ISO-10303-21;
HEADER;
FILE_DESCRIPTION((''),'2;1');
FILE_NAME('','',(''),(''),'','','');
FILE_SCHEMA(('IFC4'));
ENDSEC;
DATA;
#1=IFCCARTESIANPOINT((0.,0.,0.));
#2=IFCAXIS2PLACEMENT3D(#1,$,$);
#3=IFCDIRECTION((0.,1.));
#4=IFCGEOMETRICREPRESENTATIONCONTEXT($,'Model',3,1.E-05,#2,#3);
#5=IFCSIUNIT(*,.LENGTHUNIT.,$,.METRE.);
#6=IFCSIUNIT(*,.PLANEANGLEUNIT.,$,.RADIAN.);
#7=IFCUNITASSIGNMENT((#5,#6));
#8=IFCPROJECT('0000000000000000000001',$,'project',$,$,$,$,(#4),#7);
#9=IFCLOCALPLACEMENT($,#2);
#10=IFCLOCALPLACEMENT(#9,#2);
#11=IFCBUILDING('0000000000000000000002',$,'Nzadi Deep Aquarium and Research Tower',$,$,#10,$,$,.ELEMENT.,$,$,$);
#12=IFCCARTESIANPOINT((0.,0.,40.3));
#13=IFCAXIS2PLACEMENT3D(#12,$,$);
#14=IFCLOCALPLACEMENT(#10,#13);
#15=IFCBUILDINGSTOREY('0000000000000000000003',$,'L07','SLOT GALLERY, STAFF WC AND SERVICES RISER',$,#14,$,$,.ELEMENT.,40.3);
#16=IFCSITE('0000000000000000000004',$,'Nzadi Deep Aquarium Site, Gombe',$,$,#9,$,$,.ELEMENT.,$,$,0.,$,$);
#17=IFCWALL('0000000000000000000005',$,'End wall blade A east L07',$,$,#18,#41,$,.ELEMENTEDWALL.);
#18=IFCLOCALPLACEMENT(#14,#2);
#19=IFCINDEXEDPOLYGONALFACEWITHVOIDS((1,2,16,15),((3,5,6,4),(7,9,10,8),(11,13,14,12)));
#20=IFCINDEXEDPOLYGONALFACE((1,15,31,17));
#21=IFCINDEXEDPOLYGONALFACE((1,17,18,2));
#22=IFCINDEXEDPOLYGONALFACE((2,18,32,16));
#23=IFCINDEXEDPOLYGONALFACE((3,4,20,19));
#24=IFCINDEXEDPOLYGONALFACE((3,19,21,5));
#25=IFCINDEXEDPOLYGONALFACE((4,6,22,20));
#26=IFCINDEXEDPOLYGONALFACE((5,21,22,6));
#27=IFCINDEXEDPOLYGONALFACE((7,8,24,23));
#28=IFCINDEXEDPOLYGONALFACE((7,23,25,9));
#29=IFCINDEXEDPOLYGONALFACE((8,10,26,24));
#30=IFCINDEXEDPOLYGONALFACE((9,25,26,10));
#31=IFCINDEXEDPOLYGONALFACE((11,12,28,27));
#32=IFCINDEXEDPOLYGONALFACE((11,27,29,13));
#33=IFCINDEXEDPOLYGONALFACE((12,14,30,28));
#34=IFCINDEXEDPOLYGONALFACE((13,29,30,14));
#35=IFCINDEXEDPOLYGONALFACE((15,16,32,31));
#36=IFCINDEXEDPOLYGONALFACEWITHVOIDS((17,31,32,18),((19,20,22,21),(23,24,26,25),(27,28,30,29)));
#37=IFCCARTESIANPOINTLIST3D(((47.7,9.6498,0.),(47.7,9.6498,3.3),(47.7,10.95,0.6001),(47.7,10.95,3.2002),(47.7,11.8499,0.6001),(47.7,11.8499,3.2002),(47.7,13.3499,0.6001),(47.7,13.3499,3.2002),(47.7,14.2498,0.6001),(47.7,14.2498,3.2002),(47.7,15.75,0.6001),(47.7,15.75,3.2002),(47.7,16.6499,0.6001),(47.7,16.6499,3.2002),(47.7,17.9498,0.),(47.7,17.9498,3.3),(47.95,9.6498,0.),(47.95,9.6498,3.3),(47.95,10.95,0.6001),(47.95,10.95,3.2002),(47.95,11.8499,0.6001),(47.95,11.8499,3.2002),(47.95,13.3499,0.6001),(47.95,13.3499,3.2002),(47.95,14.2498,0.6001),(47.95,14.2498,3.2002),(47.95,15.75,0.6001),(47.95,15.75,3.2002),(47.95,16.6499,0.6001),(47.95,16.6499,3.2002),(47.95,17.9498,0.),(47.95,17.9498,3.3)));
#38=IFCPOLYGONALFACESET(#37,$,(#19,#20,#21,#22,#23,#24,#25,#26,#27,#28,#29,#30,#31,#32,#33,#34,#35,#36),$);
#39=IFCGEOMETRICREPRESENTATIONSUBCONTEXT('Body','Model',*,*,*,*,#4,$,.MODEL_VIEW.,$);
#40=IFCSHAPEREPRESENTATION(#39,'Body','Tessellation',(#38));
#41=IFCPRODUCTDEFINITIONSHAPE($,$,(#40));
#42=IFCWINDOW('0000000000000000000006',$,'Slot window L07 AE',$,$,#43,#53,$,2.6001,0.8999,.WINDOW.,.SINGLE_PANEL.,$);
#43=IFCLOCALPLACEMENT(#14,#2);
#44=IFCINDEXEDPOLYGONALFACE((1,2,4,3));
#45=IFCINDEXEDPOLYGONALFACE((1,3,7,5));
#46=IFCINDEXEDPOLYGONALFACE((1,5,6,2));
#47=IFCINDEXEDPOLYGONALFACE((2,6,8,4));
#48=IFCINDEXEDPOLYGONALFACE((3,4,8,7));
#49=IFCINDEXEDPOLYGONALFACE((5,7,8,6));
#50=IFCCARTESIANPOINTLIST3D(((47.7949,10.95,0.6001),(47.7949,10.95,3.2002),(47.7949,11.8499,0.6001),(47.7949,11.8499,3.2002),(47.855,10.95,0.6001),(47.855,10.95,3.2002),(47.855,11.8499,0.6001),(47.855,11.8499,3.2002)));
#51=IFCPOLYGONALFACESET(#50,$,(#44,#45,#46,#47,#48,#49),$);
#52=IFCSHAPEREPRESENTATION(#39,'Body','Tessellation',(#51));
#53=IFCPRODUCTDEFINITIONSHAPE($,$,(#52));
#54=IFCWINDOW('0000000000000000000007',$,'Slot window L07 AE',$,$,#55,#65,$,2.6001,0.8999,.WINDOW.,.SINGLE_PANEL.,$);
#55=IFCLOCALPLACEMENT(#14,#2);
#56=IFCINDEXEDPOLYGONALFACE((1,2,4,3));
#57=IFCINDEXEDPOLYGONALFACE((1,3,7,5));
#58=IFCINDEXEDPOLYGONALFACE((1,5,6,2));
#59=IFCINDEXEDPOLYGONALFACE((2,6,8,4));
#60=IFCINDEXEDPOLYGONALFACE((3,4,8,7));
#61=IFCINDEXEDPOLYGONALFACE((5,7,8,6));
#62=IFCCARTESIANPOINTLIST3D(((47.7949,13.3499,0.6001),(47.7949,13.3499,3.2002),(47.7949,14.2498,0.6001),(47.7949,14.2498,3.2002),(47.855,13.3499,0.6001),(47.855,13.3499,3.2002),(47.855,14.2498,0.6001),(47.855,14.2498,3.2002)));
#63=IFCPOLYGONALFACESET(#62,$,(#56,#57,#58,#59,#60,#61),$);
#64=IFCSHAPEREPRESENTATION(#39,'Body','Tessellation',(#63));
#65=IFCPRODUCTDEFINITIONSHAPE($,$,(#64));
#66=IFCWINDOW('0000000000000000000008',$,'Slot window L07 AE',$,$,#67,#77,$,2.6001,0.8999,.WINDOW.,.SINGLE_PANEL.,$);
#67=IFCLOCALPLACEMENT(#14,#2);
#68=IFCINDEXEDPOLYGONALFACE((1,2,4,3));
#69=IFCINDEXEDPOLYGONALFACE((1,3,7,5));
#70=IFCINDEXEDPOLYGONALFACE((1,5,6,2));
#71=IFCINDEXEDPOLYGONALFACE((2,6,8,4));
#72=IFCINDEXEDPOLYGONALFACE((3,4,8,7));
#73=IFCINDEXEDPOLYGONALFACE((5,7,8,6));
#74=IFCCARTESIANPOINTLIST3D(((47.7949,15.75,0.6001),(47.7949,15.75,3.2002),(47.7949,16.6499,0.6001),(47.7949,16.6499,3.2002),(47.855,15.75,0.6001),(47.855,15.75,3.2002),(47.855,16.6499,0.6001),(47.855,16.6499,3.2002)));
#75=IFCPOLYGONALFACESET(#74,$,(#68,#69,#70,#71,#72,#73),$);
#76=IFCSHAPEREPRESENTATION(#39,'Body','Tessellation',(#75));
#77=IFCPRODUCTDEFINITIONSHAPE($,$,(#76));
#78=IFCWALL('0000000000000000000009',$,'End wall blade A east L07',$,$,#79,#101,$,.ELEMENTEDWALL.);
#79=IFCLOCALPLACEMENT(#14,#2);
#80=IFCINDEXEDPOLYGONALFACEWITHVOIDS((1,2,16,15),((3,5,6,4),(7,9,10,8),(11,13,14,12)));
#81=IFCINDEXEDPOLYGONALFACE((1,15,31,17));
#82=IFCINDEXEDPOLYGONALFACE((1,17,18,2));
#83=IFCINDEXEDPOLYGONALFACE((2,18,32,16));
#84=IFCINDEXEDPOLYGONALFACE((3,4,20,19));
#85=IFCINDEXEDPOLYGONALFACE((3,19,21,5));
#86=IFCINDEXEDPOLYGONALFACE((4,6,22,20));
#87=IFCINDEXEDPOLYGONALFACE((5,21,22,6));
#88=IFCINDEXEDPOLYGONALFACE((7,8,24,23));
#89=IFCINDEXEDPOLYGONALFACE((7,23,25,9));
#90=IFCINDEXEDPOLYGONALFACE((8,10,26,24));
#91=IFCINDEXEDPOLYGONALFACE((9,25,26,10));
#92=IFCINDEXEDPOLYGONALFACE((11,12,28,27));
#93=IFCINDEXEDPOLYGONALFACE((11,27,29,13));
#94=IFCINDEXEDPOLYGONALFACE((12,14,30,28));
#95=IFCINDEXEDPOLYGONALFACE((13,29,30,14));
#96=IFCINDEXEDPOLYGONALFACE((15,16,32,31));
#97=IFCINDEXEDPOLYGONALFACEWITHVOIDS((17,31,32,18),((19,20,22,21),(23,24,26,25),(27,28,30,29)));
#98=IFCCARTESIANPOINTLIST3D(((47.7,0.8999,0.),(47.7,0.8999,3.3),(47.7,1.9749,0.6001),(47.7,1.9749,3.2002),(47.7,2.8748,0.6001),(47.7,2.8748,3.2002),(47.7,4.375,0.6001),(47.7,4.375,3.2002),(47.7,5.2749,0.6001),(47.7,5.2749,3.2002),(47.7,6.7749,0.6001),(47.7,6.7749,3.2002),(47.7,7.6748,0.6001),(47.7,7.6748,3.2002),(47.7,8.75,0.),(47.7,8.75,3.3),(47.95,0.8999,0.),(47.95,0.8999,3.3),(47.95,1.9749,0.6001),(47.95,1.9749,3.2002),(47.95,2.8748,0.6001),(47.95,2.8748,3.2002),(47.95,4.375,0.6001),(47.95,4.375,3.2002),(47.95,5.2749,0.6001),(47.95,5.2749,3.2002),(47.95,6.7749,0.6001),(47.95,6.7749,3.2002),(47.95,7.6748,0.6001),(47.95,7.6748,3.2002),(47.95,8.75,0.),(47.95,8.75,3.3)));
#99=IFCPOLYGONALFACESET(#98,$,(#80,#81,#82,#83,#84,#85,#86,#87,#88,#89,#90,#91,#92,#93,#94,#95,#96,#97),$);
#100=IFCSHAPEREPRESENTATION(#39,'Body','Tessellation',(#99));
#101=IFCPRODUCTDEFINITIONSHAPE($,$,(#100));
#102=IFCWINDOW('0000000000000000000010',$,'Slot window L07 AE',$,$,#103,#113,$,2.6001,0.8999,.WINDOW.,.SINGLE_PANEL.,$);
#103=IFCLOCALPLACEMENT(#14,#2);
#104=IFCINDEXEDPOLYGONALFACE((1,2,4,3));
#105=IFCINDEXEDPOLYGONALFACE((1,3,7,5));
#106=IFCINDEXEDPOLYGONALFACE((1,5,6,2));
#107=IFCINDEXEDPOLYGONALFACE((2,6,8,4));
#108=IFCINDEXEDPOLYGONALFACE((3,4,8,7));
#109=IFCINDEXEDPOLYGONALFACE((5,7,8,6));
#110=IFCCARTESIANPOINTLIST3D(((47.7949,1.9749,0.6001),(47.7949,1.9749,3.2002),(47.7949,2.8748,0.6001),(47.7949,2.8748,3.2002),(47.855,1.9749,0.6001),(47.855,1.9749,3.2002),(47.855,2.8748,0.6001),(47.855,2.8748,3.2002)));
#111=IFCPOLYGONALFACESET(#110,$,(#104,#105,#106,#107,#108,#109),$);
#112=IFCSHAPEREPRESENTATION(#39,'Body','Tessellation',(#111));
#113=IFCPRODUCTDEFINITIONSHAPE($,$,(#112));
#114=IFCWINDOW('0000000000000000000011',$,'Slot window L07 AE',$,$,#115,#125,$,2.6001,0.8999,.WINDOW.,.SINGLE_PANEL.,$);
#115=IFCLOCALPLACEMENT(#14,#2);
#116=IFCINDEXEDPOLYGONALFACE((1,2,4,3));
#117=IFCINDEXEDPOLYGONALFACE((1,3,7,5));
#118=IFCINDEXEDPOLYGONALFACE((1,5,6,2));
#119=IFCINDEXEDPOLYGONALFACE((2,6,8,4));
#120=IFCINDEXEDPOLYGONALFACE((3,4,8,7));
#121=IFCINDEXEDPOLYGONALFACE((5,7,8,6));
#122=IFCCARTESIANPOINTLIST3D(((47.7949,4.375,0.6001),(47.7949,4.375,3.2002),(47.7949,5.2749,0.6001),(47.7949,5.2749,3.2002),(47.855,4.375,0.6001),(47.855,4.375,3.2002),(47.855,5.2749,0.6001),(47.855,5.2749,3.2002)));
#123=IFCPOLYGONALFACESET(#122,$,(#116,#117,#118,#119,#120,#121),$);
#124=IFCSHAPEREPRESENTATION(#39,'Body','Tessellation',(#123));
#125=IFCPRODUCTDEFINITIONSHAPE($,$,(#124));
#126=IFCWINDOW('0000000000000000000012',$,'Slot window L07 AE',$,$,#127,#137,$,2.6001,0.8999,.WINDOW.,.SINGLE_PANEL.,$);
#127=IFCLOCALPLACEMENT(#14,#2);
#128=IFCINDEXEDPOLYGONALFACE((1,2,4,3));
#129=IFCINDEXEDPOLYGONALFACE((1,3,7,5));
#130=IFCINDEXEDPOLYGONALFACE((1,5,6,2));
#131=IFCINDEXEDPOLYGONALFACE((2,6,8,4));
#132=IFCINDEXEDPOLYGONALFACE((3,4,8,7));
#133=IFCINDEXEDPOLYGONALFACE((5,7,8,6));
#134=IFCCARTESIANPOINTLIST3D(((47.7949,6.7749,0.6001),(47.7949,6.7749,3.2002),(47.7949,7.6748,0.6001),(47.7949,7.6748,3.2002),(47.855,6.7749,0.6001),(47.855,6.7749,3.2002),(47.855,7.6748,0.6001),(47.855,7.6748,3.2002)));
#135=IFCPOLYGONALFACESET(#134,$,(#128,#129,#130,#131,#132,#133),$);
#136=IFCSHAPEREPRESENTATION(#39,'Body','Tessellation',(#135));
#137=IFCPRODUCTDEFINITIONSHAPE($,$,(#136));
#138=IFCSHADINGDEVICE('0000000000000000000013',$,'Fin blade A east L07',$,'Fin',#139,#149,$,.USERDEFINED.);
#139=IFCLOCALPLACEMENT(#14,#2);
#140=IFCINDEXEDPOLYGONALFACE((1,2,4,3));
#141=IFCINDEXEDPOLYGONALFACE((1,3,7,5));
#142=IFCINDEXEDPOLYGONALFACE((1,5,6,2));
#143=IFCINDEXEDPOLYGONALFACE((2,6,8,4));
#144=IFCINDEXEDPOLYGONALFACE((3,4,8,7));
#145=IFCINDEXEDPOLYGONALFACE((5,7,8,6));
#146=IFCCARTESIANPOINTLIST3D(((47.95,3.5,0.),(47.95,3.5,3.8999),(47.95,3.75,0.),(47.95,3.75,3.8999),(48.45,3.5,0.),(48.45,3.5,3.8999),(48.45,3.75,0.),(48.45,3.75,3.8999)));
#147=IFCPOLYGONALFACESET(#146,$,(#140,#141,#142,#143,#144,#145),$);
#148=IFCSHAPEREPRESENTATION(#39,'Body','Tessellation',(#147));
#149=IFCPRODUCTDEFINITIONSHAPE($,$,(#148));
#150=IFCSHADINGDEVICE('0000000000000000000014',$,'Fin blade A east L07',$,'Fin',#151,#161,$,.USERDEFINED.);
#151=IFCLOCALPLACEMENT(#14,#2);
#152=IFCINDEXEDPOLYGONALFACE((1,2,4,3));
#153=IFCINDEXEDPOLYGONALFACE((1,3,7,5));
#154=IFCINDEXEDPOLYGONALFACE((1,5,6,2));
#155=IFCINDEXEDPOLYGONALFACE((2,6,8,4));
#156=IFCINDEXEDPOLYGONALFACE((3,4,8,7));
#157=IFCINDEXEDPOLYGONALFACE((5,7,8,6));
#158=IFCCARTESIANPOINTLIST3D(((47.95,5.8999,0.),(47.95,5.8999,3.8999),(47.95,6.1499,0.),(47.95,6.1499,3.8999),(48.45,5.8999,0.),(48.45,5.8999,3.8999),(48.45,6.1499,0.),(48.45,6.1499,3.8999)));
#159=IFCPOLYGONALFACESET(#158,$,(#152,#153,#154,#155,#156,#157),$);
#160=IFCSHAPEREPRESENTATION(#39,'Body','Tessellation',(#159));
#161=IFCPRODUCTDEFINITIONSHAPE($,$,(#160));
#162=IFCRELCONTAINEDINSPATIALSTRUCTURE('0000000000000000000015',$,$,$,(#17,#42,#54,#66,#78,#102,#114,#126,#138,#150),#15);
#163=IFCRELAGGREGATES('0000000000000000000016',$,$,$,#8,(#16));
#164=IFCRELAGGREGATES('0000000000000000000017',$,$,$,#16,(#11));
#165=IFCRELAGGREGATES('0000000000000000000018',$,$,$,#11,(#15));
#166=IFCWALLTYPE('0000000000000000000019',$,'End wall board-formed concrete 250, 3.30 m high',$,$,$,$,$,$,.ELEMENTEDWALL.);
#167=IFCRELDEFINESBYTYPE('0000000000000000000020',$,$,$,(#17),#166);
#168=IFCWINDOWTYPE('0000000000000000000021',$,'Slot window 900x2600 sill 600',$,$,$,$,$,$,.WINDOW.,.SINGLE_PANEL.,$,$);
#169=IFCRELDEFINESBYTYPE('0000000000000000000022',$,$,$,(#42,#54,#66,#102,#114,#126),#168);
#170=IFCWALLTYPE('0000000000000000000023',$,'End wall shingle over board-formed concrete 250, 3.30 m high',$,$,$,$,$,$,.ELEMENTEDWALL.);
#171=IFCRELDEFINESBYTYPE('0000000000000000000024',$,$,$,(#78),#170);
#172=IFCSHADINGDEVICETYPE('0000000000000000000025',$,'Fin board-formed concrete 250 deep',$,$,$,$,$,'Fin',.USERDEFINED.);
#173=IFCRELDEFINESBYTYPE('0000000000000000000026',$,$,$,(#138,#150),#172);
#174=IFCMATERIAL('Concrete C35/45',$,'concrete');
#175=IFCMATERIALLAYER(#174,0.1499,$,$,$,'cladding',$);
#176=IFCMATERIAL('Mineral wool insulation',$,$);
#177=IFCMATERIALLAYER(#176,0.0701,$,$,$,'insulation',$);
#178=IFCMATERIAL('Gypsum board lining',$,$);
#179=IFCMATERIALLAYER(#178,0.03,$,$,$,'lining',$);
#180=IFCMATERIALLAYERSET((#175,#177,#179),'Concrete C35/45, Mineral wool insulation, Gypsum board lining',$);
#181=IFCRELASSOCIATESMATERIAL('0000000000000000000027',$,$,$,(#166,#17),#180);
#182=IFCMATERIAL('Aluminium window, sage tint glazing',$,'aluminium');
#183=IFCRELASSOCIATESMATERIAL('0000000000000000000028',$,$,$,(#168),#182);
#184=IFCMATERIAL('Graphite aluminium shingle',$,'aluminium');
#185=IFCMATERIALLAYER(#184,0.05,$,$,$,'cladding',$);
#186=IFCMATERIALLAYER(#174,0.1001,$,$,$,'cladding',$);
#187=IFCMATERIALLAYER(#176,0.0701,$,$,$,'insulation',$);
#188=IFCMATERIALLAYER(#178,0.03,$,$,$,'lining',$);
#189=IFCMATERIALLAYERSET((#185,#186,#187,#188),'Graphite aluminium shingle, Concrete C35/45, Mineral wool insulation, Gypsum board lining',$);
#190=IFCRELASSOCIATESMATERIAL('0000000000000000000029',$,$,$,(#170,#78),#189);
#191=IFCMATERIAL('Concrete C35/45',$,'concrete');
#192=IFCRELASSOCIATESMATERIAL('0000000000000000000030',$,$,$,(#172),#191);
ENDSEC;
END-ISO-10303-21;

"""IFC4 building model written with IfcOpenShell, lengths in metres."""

from ifc_helpers import new_model, si_unit, direction, frame, frame_2d, origin, origin_2d, place, context, subcontext, project, spatial, rectangle, extrude, material, layer, layer_set, layer_usage, type_object, element, fill, save


model = new_model("IFC4")

# Units and contexts
model_context = context("Model", 3, precision=1e-05, world=origin(), true_north=direction((0.0, 1.0)))
body_context = subcontext(model_context, "Body", "Model", "MODEL_VIEW")
ifc_project = project(units=[si_unit("LENGTHUNIT", "METRE"), si_unit("PLANEANGLEUNIT", "RADIAN")], contexts=[model_context])

# Site, building, storey
site_placement = place(None, origin())
site = spatial("IfcSite", under=ifc_project, at=site_placement, Name="Nzadi Deep Aquarium Site, Gombe", CompositionType="ELEMENT", RefElevation=0.0)
building_placement = place(site_placement, origin())
building = spatial("IfcBuilding", under=site, at=building_placement, Name="Nzadi Deep Aquarium and Research Tower", CompositionType="ELEMENT")
storey_placement = place(building_placement, frame((0.0, 0.0, 40.3)))
storey = spatial("IfcBuildingStorey", under=building, at=storey_placement, Name="L07", Description="SLOT GALLERY, STAFF WC AND SERVICES RISER", CompositionType="ELEMENT", Elevation=40.3)

# Walls, openings, windows
ifc_material_1 = material(Name="Concrete C35/45", Category="concrete")
ifc_layer_1 = layer(ifc_material_1, 0.1499, Category="cladding")
ifc_material_2 = material(Name="Mineral wool insulation")
ifc_layer_2 = layer(ifc_material_2, 0.0701, Category="insulation")
ifc_material_3 = material(Name="Gypsum board lining")
ifc_layer_3 = layer(ifc_material_3, 0.03, Category="lining")
ifc_layer_set_1 = layer_set([ifc_layer_1, ifc_layer_2, ifc_layer_3], Name="Concrete C35/45, Mineral wool insulation, Gypsum board lining")
ifc_layer_usage_1 = layer_usage(ifc_layer_set_1, "AXIS2", "POSITIVE", -0.125)
wall_type_1 = type_object("IfcWallType", Name="End wall board-formed concrete 250, 3.30 m high", PredefinedType="ELEMENTEDWALL", material=ifc_layer_set_1)
wall_1_placement = place(storey_placement, frame((47.825, 9.6499, 0.0), z_axis=(0.0, 0.0, 1.0), x_axis=(0.0, 1.0, 0.0)))
wall_1 = element("IfcWall", 1, at=wall_1_placement, inside=storey, type_object=wall_type_1, material=ifc_layer_usage_1, Name="End wall blade A east L07", PredefinedType="ELEMENTEDWALL", context=body_context, shape_type="SweptSolid", body=[
    extrude(rectangle(XDim=8.3, YDim=0.25, at=frame_2d((4.1499, 0.0))), origin(), (0.0, 0.0, 1.0), 3.3),
])
opening_1_placement = place(wall_1_placement, frame((1.3, 0.0, 0.6001)))
opening_1 = element("IfcOpeningElement", 2, at=opening_1_placement, cuts=wall_1, PredefinedType="OPENING", context=body_context, shape_type="SweptSolid", body=[
    extrude(rectangle(XDim=0.8999, YDim=2.6001, at=frame_2d((0.45, 1.3))), frame((0.0, 0.135, 0.0), z_axis=(0.0, -1.0, 0.0), x_axis=(1.0, 0.0, 0.0)), (0.0, 0.0, 1.0), 0.27),
])
opening_2_placement = place(wall_1_placement, frame((3.7, 0.0, 0.6001)))
opening_2 = element("IfcOpeningElement", 3, at=opening_2_placement, cuts=wall_1, PredefinedType="OPENING", context=body_context, shape_type="SweptSolid", body=[
    extrude(rectangle(XDim=0.8999, YDim=2.6001, at=frame_2d((0.45, 1.3))), frame((0.0, 0.135, 0.0), z_axis=(0.0, -1.0, 0.0), x_axis=(1.0, 0.0, 0.0)), (0.0, 0.0, 1.0), 0.27),
])
opening_3_placement = place(wall_1_placement, frame((6.1001, 0.0, 0.6001)))
opening_3 = element("IfcOpeningElement", 4, at=opening_3_placement, cuts=wall_1, PredefinedType="OPENING", context=body_context, shape_type="SweptSolid", body=[
    extrude(rectangle(XDim=0.8999, YDim=2.6001, at=frame_2d((0.45, 1.3))), frame((0.0, 0.135, 0.0), z_axis=(0.0, -1.0, 0.0), x_axis=(1.0, 0.0, 0.0)), (0.0, 0.0, 1.0), 0.27),
])
ifc_material_4 = material(Name="Aluminium window, sage tint glazing", Category="aluminium")
window_type = type_object("IfcWindowType", Name="Slot window 900x2600 sill 600", PartitioningType="SINGLE_PANEL", PredefinedType="WINDOW", material=ifc_material_4)
window_1_placement = place(opening_1_placement, origin())
window_1 = element("IfcWindow", 5, at=window_1_placement, inside=storey, type_object=window_type, Name="Slot window L07 AE", OverallHeight=2.6001, OverallWidth=0.8999, PartitioningType="SINGLE_PANEL", PredefinedType="WINDOW", context=body_context, shape_type="SweptSolid", body=[
    extrude(rectangle(XDim=0.8999, YDim=2.6001, at=frame_2d((0.45, 1.3))), frame((0.0, 0.03, 0.0), z_axis=(0.0, -1.0, 0.0), x_axis=(1.0, 0.0, 0.0)), (0.0, 0.0, 1.0), 0.0601),
])
fill(opening_1, window_1)
window_2_placement = place(opening_2_placement, origin())
window_2 = element("IfcWindow", 6, at=window_2_placement, inside=storey, type_object=window_type, Name="Slot window L07 AE", OverallHeight=2.6001, OverallWidth=0.8999, PartitioningType="SINGLE_PANEL", PredefinedType="WINDOW", context=body_context, shape_type="SweptSolid", body=[
    extrude(rectangle(XDim=0.8999, YDim=2.6001, at=frame_2d((0.45, 1.3))), frame((0.0, 0.03, 0.0), z_axis=(0.0, -1.0, 0.0), x_axis=(1.0, 0.0, 0.0)), (0.0, 0.0, 1.0), 0.0601),
])
fill(opening_2, window_2)
window_3_placement = place(opening_3_placement, origin())
window_3 = element("IfcWindow", 7, at=window_3_placement, inside=storey, type_object=window_type, Name="Slot window L07 AE", OverallHeight=2.6001, OverallWidth=0.8999, PartitioningType="SINGLE_PANEL", PredefinedType="WINDOW", context=body_context, shape_type="SweptSolid", body=[
    extrude(rectangle(XDim=0.8999, YDim=2.6001, at=frame_2d((0.45, 1.3))), frame((0.0, 0.03, 0.0), z_axis=(0.0, -1.0, 0.0), x_axis=(1.0, 0.0, 0.0)), (0.0, 0.0, 1.0), 0.0601),
])
fill(opening_3, window_3)
ifc_material_5 = material(Name="Graphite aluminium shingle", Category="aluminium")
ifc_layer_4 = layer(ifc_material_5, 0.05, Category="cladding")
ifc_layer_5 = layer(ifc_material_1, 0.1001, Category="cladding")
ifc_layer_6 = layer(ifc_material_2, 0.0701, Category="insulation")
ifc_layer_7 = layer(ifc_material_3, 0.03, Category="lining")
ifc_layer_set_2 = layer_set([ifc_layer_4, ifc_layer_5, ifc_layer_6, ifc_layer_7], Name="Graphite aluminium shingle, Concrete C35/45, Mineral wool insulation, Gypsum board lining")
ifc_layer_usage_2 = layer_usage(ifc_layer_set_2, "AXIS2", "POSITIVE", -0.125)
wall_type_2 = type_object("IfcWallType", Name="End wall shingle over board-formed concrete 250, 3.30 m high", PredefinedType="ELEMENTEDWALL", material=ifc_layer_set_2)
wall_2_placement = place(storey_placement, frame((47.825, 0.8999, 0.0), z_axis=(0.0, 0.0, 1.0), x_axis=(0.0, 1.0, 0.0)))
wall_2 = element("IfcWall", 8, at=wall_2_placement, inside=storey, type_object=wall_type_2, material=ifc_layer_usage_2, Name="End wall blade A east L07", PredefinedType="ELEMENTEDWALL", context=body_context, shape_type="SweptSolid", body=[
    extrude(rectangle(XDim=7.8501, YDim=0.25, at=frame_2d((3.925, 0.0))), origin(), (0.0, 0.0, 1.0), 3.3),
])
opening_4_placement = place(wall_2_placement, frame((1.075, 0.0, 0.6001)))
opening_4 = element("IfcOpeningElement", 9, at=opening_4_placement, cuts=wall_2, PredefinedType="OPENING", context=body_context, shape_type="SweptSolid", body=[
    extrude(rectangle(XDim=0.8999, YDim=2.6001, at=frame_2d((0.45, 1.3))), frame((0.0, 0.135, 0.0), z_axis=(0.0, -1.0, 0.0), x_axis=(1.0, 0.0, 0.0)), (0.0, 0.0, 1.0), 0.27),
])
opening_5_placement = place(wall_2_placement, frame((3.4751, 0.0, 0.6001)))
opening_5 = element("IfcOpeningElement", 10, at=opening_5_placement, cuts=wall_2, PredefinedType="OPENING", context=body_context, shape_type="SweptSolid", body=[
    extrude(rectangle(XDim=0.8999, YDim=2.6001, at=frame_2d((0.45, 1.3))), frame((0.0, 0.135, 0.0), z_axis=(0.0, -1.0, 0.0), x_axis=(1.0, 0.0, 0.0)), (0.0, 0.0, 1.0), 0.27),
])
opening_6_placement = place(wall_2_placement, frame((5.875, 0.0, 0.6001)))
opening_6 = element("IfcOpeningElement", 11, at=opening_6_placement, cuts=wall_2, PredefinedType="OPENING", context=body_context, shape_type="SweptSolid", body=[
    extrude(rectangle(XDim=0.8999, YDim=2.6001, at=frame_2d((0.45, 1.3))), frame((0.0, 0.135, 0.0), z_axis=(0.0, -1.0, 0.0), x_axis=(1.0, 0.0, 0.0)), (0.0, 0.0, 1.0), 0.27),
])
window_4_placement = place(opening_4_placement, origin())
window_4 = element("IfcWindow", 12, at=window_4_placement, inside=storey, type_object=window_type, Name="Slot window L07 AE", OverallHeight=2.6001, OverallWidth=0.8999, PartitioningType="SINGLE_PANEL", PredefinedType="WINDOW", context=body_context, shape_type="SweptSolid", body=[
    extrude(rectangle(XDim=0.8999, YDim=2.6001, at=frame_2d((0.45, 1.3))), frame((0.0, 0.03, 0.0), z_axis=(0.0, -1.0, 0.0), x_axis=(1.0, 0.0, 0.0)), (0.0, 0.0, 1.0), 0.0601),
])
fill(opening_4, window_4)
window_5_placement = place(opening_5_placement, origin())
window_5 = element("IfcWindow", 13, at=window_5_placement, inside=storey, type_object=window_type, Name="Slot window L07 AE", OverallHeight=2.6001, OverallWidth=0.8999, PartitioningType="SINGLE_PANEL", PredefinedType="WINDOW", context=body_context, shape_type="SweptSolid", body=[
    extrude(rectangle(XDim=0.8999, YDim=2.6001, at=frame_2d((0.45, 1.3))), frame((0.0, 0.03, 0.0), z_axis=(0.0, -1.0, 0.0), x_axis=(1.0, 0.0, 0.0)), (0.0, 0.0, 1.0), 0.0601),
])
fill(opening_5, window_5)
window_6_placement = place(opening_6_placement, origin())
window_6 = element("IfcWindow", 14, at=window_6_placement, inside=storey, type_object=window_type, Name="Slot window L07 AE", OverallHeight=2.6001, OverallWidth=0.8999, PartitioningType="SINGLE_PANEL", PredefinedType="WINDOW", context=body_context, shape_type="SweptSolid", body=[
    extrude(rectangle(XDim=0.8999, YDim=2.6001, at=frame_2d((0.45, 1.3))), frame((0.0, 0.03, 0.0), z_axis=(0.0, -1.0, 0.0), x_axis=(1.0, 0.0, 0.0)), (0.0, 0.0, 1.0), 0.0601),
])
fill(opening_6, window_6)

# Shading devices
ifc_material_6 = material(Name="Concrete C35/45", Category="concrete")
shading_device_type = type_object("IfcShadingDeviceType", Name="Fin board-formed concrete 250 deep", ElementType="Fin", PredefinedType="USERDEFINED", material=ifc_material_6)
for number, where, z_axis, x_axis, name in (
    (15, (48.2, 3.625, 0.0), (0.0, 0.0, 1.0), (1.0, 0.0, 0.0), "Fin blade A east L07"),
    (16, (48.2, 6.0249, 0.0), (0.0, 0.0, 1.0), (1.0, 0.0, 0.0), "Fin blade A east L07"),
):
    element("IfcShadingDevice", number, at=place(storey_placement, frame(where, z_axis=z_axis, x_axis=x_axis)), inside=storey, type_object=shading_device_type, Name=name, ObjectType="Fin", PredefinedType="USERDEFINED", context=body_context, shape_type="SweptSolid", body=[
        extrude(rectangle(XDim=0.5, YDim=0.25, at=origin_2d()), origin(), (0.0, 0.0, 1.0), 3.8999),
    ])

save(model, "model.ifc")
